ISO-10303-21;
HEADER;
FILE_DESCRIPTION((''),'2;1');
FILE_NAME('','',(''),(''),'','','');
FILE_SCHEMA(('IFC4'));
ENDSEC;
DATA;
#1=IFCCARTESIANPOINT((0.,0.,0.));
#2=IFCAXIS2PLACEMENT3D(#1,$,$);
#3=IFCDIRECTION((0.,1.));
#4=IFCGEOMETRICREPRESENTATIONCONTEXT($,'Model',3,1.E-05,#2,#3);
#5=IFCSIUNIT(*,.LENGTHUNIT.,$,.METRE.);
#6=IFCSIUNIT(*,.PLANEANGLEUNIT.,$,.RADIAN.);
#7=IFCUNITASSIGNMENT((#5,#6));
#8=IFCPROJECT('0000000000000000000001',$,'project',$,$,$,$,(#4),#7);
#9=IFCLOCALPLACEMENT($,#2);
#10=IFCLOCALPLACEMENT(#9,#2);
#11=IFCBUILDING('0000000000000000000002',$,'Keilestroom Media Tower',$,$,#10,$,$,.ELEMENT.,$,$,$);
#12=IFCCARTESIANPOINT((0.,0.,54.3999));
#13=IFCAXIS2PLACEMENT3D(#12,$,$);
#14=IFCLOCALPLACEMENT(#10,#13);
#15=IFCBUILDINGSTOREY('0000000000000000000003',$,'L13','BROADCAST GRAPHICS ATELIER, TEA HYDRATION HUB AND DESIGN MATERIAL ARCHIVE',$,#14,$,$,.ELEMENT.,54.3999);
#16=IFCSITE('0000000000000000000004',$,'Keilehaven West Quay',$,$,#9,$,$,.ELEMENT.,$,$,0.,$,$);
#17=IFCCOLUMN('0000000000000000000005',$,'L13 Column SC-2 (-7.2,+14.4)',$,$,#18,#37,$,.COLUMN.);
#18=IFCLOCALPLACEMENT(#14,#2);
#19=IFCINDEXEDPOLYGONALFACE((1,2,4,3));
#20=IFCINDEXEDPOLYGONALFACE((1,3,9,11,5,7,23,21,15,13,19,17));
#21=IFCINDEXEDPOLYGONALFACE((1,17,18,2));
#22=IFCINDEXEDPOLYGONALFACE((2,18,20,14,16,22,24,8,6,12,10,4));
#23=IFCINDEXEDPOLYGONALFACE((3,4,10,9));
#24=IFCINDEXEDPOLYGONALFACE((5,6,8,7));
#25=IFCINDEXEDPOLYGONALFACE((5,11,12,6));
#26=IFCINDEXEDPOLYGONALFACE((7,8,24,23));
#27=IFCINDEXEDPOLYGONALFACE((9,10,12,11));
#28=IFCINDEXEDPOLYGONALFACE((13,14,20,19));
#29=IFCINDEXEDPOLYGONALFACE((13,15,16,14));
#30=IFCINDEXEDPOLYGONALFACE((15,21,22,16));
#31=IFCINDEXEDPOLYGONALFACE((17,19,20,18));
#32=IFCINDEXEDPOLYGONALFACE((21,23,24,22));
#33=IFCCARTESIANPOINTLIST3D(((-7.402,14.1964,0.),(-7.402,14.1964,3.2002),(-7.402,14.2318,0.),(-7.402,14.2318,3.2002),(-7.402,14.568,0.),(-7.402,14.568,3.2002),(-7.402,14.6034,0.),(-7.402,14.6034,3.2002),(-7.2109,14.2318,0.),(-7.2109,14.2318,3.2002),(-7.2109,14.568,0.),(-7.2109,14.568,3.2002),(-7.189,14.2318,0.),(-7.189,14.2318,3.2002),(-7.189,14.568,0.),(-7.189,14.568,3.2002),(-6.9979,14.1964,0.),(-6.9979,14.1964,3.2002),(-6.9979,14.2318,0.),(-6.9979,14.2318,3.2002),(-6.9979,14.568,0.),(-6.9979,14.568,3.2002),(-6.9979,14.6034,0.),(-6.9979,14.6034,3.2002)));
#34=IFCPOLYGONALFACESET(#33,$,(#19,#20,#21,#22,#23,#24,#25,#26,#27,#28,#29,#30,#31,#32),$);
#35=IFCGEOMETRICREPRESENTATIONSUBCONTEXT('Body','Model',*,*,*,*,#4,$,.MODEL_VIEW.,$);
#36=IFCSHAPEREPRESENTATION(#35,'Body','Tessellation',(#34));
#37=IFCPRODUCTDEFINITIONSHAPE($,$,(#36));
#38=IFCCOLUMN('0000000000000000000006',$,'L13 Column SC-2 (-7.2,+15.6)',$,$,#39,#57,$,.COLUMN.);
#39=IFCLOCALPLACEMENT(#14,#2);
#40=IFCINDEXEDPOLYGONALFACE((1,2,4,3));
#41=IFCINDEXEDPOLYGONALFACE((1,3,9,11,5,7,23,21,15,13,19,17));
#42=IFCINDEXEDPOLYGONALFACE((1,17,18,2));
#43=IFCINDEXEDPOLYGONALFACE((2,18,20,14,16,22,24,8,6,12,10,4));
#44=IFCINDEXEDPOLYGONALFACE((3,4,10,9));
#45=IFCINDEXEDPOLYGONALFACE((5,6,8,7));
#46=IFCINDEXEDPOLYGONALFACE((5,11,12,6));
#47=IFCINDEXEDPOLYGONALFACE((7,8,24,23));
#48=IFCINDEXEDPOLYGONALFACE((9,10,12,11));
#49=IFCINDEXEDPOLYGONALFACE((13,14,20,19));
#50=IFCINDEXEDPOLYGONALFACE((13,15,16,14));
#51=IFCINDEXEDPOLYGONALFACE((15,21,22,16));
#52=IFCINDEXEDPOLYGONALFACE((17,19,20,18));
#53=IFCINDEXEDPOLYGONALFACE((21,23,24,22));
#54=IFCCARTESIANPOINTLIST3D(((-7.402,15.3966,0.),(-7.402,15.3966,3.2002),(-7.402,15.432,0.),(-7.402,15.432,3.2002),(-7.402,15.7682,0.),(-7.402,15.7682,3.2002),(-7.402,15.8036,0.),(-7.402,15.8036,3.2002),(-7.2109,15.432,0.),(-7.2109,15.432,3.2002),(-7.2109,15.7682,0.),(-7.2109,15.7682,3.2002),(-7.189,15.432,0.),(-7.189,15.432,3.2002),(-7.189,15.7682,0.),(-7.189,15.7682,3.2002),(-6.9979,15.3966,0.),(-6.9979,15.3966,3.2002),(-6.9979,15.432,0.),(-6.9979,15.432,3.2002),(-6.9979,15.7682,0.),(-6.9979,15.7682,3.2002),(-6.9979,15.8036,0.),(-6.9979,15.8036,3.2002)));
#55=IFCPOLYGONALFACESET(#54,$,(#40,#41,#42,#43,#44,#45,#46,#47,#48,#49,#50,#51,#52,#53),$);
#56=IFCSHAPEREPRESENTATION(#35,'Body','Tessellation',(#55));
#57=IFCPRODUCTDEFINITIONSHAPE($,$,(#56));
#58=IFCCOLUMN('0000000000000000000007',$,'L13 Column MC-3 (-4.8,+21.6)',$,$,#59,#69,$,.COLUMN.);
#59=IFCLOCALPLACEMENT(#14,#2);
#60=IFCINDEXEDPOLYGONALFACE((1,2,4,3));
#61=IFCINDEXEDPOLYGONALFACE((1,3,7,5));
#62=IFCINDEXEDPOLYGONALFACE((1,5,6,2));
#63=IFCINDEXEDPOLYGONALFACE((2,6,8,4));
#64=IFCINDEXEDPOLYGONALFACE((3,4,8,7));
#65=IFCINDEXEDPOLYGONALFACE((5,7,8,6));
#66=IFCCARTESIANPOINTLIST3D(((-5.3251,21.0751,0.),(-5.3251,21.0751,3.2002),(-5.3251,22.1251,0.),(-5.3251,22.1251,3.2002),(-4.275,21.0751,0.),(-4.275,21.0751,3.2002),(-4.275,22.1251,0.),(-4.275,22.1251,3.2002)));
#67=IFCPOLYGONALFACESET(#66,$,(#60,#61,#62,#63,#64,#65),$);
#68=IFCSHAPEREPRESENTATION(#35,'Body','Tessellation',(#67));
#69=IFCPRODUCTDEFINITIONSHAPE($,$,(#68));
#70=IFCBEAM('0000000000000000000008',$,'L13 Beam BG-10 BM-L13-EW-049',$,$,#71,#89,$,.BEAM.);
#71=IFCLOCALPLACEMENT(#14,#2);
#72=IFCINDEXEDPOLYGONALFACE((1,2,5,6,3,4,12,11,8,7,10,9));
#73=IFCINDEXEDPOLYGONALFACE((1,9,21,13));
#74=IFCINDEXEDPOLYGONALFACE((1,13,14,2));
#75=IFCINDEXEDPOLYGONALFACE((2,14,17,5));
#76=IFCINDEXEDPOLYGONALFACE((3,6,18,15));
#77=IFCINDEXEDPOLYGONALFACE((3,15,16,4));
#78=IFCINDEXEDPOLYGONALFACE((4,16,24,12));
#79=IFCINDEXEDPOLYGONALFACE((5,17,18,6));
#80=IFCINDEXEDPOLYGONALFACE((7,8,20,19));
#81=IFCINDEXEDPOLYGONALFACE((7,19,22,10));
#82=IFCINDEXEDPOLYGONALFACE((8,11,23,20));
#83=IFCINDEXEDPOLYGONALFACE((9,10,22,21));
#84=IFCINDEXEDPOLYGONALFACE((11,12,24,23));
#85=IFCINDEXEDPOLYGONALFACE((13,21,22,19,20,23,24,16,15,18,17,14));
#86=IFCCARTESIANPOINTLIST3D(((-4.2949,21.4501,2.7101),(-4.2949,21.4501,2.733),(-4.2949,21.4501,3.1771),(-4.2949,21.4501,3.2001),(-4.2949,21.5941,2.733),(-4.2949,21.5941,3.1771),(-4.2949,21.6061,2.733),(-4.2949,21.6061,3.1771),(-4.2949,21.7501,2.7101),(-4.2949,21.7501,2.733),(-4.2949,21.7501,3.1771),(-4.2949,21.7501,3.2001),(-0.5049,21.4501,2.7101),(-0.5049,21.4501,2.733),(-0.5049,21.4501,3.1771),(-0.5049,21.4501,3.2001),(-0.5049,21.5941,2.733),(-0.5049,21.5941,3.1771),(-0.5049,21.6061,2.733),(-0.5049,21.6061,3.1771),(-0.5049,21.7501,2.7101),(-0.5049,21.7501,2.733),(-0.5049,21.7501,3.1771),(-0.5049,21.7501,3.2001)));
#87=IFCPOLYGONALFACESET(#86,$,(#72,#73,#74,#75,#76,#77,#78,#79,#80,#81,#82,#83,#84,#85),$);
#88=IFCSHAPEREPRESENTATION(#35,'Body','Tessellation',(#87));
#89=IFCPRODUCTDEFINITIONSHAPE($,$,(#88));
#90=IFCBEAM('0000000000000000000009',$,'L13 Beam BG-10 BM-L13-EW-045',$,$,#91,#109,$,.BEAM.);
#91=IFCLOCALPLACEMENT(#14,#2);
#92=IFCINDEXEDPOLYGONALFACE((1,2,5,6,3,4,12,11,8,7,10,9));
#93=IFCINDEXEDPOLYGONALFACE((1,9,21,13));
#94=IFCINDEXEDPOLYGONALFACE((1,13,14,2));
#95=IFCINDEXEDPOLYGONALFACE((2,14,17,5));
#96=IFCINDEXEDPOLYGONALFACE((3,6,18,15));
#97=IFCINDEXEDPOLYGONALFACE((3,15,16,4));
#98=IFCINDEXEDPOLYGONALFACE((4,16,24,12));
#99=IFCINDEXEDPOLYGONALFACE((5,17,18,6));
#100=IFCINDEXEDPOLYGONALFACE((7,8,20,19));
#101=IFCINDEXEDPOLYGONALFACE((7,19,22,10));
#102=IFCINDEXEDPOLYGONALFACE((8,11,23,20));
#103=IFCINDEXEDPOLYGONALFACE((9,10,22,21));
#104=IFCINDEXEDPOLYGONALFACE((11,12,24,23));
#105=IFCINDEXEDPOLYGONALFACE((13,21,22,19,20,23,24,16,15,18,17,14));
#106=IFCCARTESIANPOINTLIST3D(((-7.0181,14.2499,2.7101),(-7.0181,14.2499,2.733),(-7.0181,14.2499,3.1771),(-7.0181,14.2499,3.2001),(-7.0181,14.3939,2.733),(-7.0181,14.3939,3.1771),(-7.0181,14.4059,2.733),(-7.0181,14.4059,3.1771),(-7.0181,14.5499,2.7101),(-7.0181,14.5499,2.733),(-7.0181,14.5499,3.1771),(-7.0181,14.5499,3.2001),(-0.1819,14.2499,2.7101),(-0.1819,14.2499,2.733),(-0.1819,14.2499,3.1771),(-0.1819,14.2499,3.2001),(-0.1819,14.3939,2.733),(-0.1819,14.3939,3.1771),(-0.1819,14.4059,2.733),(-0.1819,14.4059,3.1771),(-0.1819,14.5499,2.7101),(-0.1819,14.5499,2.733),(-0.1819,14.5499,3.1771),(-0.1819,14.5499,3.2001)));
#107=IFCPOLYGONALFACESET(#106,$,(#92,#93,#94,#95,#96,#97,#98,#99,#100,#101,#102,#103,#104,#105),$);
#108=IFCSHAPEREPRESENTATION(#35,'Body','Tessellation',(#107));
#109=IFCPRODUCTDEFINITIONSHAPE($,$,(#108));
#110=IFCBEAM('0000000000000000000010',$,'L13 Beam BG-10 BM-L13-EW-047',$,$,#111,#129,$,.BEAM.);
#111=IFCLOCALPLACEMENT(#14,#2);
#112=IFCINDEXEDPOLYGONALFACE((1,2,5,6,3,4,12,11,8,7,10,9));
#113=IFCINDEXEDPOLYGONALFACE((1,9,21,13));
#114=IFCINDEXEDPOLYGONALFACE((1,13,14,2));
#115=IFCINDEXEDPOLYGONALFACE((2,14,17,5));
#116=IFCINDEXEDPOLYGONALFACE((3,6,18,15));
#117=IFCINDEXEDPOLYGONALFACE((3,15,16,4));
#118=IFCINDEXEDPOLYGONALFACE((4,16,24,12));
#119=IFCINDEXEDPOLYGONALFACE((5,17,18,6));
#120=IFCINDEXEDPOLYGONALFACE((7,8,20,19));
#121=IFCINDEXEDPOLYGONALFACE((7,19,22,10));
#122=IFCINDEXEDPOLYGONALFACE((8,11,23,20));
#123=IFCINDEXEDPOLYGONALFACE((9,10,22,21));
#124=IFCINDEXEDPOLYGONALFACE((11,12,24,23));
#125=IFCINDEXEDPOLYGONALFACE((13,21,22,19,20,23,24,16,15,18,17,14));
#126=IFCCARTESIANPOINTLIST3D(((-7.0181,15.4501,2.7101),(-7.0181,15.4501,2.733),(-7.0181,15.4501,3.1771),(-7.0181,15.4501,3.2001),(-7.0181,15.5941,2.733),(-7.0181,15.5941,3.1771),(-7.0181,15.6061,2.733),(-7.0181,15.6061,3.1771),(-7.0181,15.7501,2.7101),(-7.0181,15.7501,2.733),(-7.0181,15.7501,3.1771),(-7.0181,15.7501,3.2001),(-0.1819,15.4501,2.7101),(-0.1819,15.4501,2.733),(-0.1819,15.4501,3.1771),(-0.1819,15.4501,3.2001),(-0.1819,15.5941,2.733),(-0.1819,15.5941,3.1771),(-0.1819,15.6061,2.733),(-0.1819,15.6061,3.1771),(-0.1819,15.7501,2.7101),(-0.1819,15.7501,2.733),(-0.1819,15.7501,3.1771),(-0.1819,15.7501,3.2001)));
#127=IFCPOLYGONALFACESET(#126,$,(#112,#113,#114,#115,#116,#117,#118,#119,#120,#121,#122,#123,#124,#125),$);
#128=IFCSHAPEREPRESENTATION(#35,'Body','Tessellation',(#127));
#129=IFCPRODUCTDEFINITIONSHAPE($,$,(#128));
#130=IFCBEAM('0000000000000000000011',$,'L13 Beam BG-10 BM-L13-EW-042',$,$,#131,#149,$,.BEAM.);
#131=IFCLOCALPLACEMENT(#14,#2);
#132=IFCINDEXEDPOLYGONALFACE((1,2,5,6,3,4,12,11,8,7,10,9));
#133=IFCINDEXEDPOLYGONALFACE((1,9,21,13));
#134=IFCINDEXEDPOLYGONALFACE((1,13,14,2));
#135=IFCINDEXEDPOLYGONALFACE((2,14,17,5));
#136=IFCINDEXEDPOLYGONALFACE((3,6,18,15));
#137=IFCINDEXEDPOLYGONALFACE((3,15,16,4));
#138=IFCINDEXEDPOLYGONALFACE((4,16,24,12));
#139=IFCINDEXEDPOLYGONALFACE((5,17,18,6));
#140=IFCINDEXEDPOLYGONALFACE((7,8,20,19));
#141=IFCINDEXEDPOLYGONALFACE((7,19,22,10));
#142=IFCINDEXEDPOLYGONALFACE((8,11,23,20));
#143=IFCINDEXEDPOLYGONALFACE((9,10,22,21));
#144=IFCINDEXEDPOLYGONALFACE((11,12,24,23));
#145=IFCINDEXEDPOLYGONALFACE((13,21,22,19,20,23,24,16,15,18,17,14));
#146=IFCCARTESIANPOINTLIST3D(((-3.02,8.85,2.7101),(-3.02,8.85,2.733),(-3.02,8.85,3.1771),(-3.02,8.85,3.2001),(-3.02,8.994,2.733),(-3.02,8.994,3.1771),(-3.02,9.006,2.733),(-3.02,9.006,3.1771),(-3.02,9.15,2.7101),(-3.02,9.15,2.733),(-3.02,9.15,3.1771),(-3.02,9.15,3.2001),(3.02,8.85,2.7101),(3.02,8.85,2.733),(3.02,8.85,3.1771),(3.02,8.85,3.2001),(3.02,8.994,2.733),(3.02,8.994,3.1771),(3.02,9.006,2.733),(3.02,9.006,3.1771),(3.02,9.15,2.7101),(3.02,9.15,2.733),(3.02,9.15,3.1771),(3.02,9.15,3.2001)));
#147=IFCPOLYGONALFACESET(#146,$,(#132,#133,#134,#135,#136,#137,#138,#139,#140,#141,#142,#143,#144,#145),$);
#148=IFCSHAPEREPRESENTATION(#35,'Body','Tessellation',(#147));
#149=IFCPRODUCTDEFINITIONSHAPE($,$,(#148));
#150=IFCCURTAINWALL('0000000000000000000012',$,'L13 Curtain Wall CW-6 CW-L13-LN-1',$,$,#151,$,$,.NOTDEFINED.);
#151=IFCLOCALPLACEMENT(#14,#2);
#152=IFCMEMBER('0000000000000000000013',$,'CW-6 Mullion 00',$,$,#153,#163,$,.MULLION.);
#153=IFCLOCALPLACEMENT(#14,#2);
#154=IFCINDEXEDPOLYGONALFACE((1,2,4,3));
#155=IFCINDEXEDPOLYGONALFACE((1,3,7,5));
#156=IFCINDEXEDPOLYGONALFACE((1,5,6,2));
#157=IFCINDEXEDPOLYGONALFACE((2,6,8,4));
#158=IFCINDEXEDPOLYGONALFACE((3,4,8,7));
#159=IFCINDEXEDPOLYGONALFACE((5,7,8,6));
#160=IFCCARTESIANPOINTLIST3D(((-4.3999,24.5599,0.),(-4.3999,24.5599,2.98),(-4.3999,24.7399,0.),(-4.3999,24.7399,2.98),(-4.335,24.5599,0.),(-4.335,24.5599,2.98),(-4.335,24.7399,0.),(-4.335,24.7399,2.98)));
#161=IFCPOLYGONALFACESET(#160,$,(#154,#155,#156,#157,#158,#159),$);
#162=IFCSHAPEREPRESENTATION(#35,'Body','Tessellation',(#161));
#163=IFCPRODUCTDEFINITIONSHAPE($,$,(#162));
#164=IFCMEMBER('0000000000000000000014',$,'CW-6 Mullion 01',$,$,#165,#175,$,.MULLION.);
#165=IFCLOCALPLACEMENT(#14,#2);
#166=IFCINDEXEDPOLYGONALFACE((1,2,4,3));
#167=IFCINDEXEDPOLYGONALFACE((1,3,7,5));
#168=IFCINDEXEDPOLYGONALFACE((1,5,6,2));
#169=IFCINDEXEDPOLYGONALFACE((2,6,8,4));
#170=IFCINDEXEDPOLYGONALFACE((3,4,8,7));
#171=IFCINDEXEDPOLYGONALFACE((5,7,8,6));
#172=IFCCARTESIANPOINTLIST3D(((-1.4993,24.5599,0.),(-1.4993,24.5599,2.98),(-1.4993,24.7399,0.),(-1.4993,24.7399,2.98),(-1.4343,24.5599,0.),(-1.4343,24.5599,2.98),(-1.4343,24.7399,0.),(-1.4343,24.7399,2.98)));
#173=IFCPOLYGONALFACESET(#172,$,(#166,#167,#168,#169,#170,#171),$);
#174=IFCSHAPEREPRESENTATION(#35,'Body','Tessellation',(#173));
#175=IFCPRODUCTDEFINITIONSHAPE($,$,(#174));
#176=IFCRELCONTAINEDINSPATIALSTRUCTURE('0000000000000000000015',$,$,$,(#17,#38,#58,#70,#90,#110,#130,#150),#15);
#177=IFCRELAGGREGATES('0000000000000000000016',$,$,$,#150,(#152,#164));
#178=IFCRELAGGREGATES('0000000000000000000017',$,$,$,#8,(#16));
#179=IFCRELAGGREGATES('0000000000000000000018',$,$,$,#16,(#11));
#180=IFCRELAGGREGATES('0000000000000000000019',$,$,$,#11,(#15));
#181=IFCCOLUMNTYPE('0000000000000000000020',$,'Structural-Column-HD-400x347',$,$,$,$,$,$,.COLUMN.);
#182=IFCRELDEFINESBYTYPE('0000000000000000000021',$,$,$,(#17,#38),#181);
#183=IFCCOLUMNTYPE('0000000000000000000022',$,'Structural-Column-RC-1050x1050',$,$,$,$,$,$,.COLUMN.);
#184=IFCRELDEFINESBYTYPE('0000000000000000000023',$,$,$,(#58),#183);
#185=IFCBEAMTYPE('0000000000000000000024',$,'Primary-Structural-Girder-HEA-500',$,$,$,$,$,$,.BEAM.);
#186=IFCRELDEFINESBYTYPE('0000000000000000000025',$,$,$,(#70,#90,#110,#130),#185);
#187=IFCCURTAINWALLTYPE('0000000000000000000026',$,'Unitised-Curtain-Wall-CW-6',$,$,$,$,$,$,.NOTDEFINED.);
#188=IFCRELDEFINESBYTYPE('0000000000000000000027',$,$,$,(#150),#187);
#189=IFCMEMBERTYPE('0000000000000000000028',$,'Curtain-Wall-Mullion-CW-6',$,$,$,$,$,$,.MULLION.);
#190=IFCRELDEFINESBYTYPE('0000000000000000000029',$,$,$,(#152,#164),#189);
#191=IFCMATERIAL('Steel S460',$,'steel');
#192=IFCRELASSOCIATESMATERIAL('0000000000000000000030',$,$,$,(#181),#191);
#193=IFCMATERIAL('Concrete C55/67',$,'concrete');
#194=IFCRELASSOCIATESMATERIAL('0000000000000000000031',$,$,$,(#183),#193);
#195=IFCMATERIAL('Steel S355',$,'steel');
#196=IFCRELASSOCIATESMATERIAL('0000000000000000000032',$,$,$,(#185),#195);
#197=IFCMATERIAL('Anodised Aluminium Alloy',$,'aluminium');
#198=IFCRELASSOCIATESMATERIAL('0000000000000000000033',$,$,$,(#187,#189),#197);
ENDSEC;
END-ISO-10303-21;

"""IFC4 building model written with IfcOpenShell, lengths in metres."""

from ifc_helpers import new_model, si_unit, direction, frame, origin, origin_2d, place, context, subcontext, project, spatial, rectangle, i_section, extrude, source, transform, mapped, material, material_profile, profile_set, type_object, element, aggregate, save


model = new_model("IFC4")

# Units and contexts
model_context = context("Model", 3, precision=1e-05, world=origin(), true_north=direction((0.0, 1.0)))
body_context = subcontext(model_context, "Body", "Model", "MODEL_VIEW")
ifc_project = project(units=[si_unit("LENGTHUNIT", "METRE"), si_unit("PLANEANGLEUNIT", "RADIAN")], contexts=[model_context])

# Site, building, storey
site_placement = place(None, origin())
site = spatial("IfcSite", under=ifc_project, at=site_placement, Name="Keilehaven West Quay", CompositionType="ELEMENT", RefElevation=0.0)
building_placement = place(site_placement, origin())
building = spatial("IfcBuilding", under=site, at=building_placement, Name="Keilestroom Media Tower", CompositionType="ELEMENT")
storey_placement = place(building_placement, frame((0.0, 0.0, 54.3999)))
storey = spatial("IfcBuildingStorey", under=building, at=storey_placement, Name="L13", Description="BROADCAST GRAPHICS ATELIER, TEA HYDRATION HUB AND DESIGN MATERIAL ARCHIVE", CompositionType="ELEMENT", Elevation=54.3999)

# Columns
ifc_material_1 = material(Name="Steel S460", Category="steel")
ifc_material_profile_1 = material_profile(ifc_material_1, i_section(OverallWidth=0.4041, OverallDepth=0.407, WebThickness=0.022, FlangeThickness=0.0354, at=origin_2d()), Name="HD 400x347")
ifc_profile_set_1 = profile_set([ifc_material_profile_1], Name="Steel S460")
column_type_1 = type_object("IfcColumnType", Name="Structural-Column-HD-400x347", PredefinedType="COLUMN", material=ifc_profile_set_1)
shared_shape_1 = source(origin(), body_context, "Body", "SweptSolid", [
    extrude(i_section(OverallWidth=0.4041, OverallDepth=0.407, WebThickness=0.022, FlangeThickness=0.0354, at=origin_2d()), origin(), (0.0, 0.0, 1.0), 3.2002),
])
for number, where, z_axis, x_axis, name in (
    (1, (-7.2, 14.3999, 0.0), (0.0, 0.0, 1.0), (1.0, 0.0, 0.0), "L13 Column SC-2 (-7.2,+14.4)"),
    (2, (-7.2, 15.6001, 0.0), (0.0, 0.0, 1.0), (1.0, 0.0, 0.0), "L13 Column SC-2 (-7.2,+15.6)"),
):
    element("IfcColumn", number, at=place(storey_placement, frame(where, z_axis=z_axis, x_axis=x_axis)), inside=storey, type_object=column_type_1, Name=name, PredefinedType="COLUMN", context=body_context, shape_type="MappedRepresentation", body=[
        mapped(shared_shape_1, transform((0.0, 0.0, 0.0), x_axis=(1.0, 0.0, 0.0), y_axis=(0.0, 1.0, 0.0), z_axis=(0.0, 0.0, 1.0), scale=1.0)),
    ])
ifc_material_2 = material(Name="Concrete C55/67", Category="concrete")
ifc_material_profile_2 = material_profile(ifc_material_2, rectangle(XDim=1.05, YDim=1.05, at=origin_2d()), Name="RC 1050x1050")
ifc_profile_set_2 = profile_set([ifc_material_profile_2], Name="Concrete C55/67")
column_type_2 = type_object("IfcColumnType", Name="Structural-Column-RC-1050x1050", PredefinedType="COLUMN", material=ifc_profile_set_2)
shared_shape_2 = source(origin(), body_context, "Body", "SweptSolid", [
    extrude(rectangle(XDim=1.05, YDim=1.05, at=origin_2d()), origin(), (0.0, 0.0, 1.0), 3.2002),
])
column_placement = place(storey_placement, frame((-4.8, 21.6001, 0.0), z_axis=(0.0, 0.0, 1.0), x_axis=(1.0, 0.0, 0.0)))
element("IfcColumn", 3, at=column_placement, inside=storey, type_object=column_type_2, Name="L13 Column MC-3 (-4.8,+21.6)", PredefinedType="COLUMN", context=body_context, shape_type="MappedRepresentation", body=[
    mapped(shared_shape_2, transform((0.0, 0.0, 0.0), x_axis=(1.0, 0.0, 0.0), y_axis=(0.0, 1.0, 0.0), z_axis=(0.0, 0.0, 1.0), scale=1.0)),
])

# Beams
ifc_material_3 = material(Name="Steel S355", Category="steel")
ifc_material_profile_3 = material_profile(ifc_material_3, i_section(OverallWidth=0.3, OverallDepth=0.49, WebThickness=0.012, FlangeThickness=0.0229, at=origin_2d()), Name="HEA 500")
ifc_profile_set_3 = profile_set([ifc_material_profile_3], Name="Steel S355")
beam_type = type_object("IfcBeamType", Name="Primary-Structural-Girder-HEA-500", PredefinedType="BEAM", material=ifc_profile_set_3)
shared_shape_3 = source(origin(), body_context, "Body", "SweptSolid", [
    extrude(i_section(OverallWidth=0.3, OverallDepth=0.49, WebThickness=0.012, FlangeThickness=0.0229, at=origin_2d()), origin(), (0.0, 0.0, 1.0), 3.79),
])
beam_1_placement = place(storey_placement, frame((-4.2949, 21.6001, 2.9551), z_axis=(1.0, 0.0, 0.0), x_axis=(0.0, 1.0, 0.0)))
element("IfcBeam", 4, at=beam_1_placement, inside=storey, type_object=beam_type, Name="L13 Beam BG-10 BM-L13-EW-049", PredefinedType="BEAM", context=body_context, shape_type="MappedRepresentation", body=[
    mapped(shared_shape_3, transform((0.0, 0.0, 0.0), x_axis=(1.0, 0.0, 0.0), y_axis=(0.0, 1.0, 0.0), z_axis=(0.0, 0.0, 1.0), scale=1.0)),
])
shared_shape_4 = source(origin(), body_context, "Body", "SweptSolid", [
    extrude(i_section(OverallWidth=0.3, OverallDepth=0.49, WebThickness=0.012, FlangeThickness=0.0229, at=origin_2d()), origin(), (0.0, 0.0, 1.0), 6.8362),
])
for number, where, z_axis, x_axis, name in (
    (5, (-7.0181, 14.3999, 2.9551), (1.0, 0.0, 0.0), (0.0, 1.0, 0.0), "L13 Beam BG-10 BM-L13-EW-045"),
    (6, (-7.0181, 15.6001, 2.9551), (1.0, 0.0, 0.0), (0.0, 1.0, 0.0), "L13 Beam BG-10 BM-L13-EW-047"),
):
    element("IfcBeam", number, at=place(storey_placement, frame(where, z_axis=z_axis, x_axis=x_axis)), inside=storey, type_object=beam_type, Name=name, PredefinedType="BEAM", context=body_context, shape_type="MappedRepresentation", body=[
        mapped(shared_shape_4, transform((0.0, 0.0, 0.0), x_axis=(1.0, 0.0, 0.0), y_axis=(0.0, 1.0, 0.0), z_axis=(0.0, 0.0, 1.0), scale=1.0)),
    ])
shared_shape_5 = source(origin(), body_context, "Body", "SweptSolid", [
    extrude(i_section(OverallWidth=0.3, OverallDepth=0.49, WebThickness=0.012, FlangeThickness=0.0229, at=origin_2d()), origin(), (0.0, 0.0, 1.0), 6.04),
])
beam_2_placement = place(storey_placement, frame((-3.02, 9.0, 2.9551), z_axis=(1.0, 0.0, 0.0), x_axis=(0.0, 1.0, 0.0)))
element("IfcBeam", 7, at=beam_2_placement, inside=storey, type_object=beam_type, Name="L13 Beam BG-10 BM-L13-EW-042", PredefinedType="BEAM", context=body_context, shape_type="MappedRepresentation", body=[
    mapped(shared_shape_5, transform((0.0, 0.0, 0.0), x_axis=(1.0, 0.0, 0.0), y_axis=(0.0, 1.0, 0.0), z_axis=(0.0, 0.0, 1.0), scale=1.0)),
])

# Curtain wall, members
ifc_material_4 = material(Name="Anodised Aluminium Alloy", Category="aluminium")
curtain_wall_type = type_object("IfcCurtainWallType", Name="Unitised-Curtain-Wall-CW-6", PredefinedType="NOTDEFINED", material=ifc_material_4)
curtain_wall_placement = place(storey_placement, origin())
curtain_wall = element("IfcCurtainWall", 8, at=curtain_wall_placement, inside=storey, type_object=curtain_wall_type, Name="L13 Curtain Wall CW-6 CW-L13-LN-1", PredefinedType="NOTDEFINED")
ifc_material_profile_4 = material_profile(ifc_material_4, rectangle(XDim=0.0649, YDim=0.1799, at=origin_2d()), Name="ALU MULLION 65x180")
ifc_profile_set_4 = profile_set([ifc_material_profile_4], Name="Anodised Aluminium Alloy")
member_type_1 = type_object("IfcMemberType", Name="Curtain-Wall-Mullion-CW-6", PredefinedType="MULLION", material=ifc_profile_set_4)
shared_shape_6 = source(origin(), body_context, "Body", "SweptSolid", [
    extrude(rectangle(XDim=0.0649, YDim=0.1799, at=origin_2d()), origin(), (0.0, 0.0, 1.0), 2.98),
])
member_1_placement = place(storey_placement, frame((-4.3674, 24.6499, 0.0), z_axis=(0.0, 0.0, 1.0), x_axis=(1.0, 0.0, 0.0)))
member_1 = element("IfcMember", 9, at=member_1_placement, type_object=member_type_1, Name="CW-6 Mullion 00", PredefinedType="MULLION", context=body_context, shape_type="MappedRepresentation", body=[
    mapped(shared_shape_6, transform((0.0, 0.0, 0.0), x_axis=(1.0, 0.0, 0.0), y_axis=(0.0, 1.0, 0.0), z_axis=(0.0, 0.0, 1.0), scale=1.0)),
])
member_2_placement = place(storey_placement, frame((-1.4668, 24.6499, 0.0), z_axis=(0.0, 0.0, 1.0), x_axis=(1.0, 0.0, 0.0)))
member_2 = element("IfcMember", 10, at=member_2_placement, type_object=member_type_1, Name="CW-6 Mullion 01", PredefinedType="MULLION", context=body_context, shape_type="MappedRepresentation", body=[
    mapped(shared_shape_6, transform((0.0, 0.0, 0.0), x_axis=(1.0, 0.0, 0.0), y_axis=(0.0, 1.0, 0.0), z_axis=(0.0, 0.0, 1.0), scale=1.0)),
])
aggregate(curtain_wall, [member_1, member_2])

save(model, "model.ifc")
